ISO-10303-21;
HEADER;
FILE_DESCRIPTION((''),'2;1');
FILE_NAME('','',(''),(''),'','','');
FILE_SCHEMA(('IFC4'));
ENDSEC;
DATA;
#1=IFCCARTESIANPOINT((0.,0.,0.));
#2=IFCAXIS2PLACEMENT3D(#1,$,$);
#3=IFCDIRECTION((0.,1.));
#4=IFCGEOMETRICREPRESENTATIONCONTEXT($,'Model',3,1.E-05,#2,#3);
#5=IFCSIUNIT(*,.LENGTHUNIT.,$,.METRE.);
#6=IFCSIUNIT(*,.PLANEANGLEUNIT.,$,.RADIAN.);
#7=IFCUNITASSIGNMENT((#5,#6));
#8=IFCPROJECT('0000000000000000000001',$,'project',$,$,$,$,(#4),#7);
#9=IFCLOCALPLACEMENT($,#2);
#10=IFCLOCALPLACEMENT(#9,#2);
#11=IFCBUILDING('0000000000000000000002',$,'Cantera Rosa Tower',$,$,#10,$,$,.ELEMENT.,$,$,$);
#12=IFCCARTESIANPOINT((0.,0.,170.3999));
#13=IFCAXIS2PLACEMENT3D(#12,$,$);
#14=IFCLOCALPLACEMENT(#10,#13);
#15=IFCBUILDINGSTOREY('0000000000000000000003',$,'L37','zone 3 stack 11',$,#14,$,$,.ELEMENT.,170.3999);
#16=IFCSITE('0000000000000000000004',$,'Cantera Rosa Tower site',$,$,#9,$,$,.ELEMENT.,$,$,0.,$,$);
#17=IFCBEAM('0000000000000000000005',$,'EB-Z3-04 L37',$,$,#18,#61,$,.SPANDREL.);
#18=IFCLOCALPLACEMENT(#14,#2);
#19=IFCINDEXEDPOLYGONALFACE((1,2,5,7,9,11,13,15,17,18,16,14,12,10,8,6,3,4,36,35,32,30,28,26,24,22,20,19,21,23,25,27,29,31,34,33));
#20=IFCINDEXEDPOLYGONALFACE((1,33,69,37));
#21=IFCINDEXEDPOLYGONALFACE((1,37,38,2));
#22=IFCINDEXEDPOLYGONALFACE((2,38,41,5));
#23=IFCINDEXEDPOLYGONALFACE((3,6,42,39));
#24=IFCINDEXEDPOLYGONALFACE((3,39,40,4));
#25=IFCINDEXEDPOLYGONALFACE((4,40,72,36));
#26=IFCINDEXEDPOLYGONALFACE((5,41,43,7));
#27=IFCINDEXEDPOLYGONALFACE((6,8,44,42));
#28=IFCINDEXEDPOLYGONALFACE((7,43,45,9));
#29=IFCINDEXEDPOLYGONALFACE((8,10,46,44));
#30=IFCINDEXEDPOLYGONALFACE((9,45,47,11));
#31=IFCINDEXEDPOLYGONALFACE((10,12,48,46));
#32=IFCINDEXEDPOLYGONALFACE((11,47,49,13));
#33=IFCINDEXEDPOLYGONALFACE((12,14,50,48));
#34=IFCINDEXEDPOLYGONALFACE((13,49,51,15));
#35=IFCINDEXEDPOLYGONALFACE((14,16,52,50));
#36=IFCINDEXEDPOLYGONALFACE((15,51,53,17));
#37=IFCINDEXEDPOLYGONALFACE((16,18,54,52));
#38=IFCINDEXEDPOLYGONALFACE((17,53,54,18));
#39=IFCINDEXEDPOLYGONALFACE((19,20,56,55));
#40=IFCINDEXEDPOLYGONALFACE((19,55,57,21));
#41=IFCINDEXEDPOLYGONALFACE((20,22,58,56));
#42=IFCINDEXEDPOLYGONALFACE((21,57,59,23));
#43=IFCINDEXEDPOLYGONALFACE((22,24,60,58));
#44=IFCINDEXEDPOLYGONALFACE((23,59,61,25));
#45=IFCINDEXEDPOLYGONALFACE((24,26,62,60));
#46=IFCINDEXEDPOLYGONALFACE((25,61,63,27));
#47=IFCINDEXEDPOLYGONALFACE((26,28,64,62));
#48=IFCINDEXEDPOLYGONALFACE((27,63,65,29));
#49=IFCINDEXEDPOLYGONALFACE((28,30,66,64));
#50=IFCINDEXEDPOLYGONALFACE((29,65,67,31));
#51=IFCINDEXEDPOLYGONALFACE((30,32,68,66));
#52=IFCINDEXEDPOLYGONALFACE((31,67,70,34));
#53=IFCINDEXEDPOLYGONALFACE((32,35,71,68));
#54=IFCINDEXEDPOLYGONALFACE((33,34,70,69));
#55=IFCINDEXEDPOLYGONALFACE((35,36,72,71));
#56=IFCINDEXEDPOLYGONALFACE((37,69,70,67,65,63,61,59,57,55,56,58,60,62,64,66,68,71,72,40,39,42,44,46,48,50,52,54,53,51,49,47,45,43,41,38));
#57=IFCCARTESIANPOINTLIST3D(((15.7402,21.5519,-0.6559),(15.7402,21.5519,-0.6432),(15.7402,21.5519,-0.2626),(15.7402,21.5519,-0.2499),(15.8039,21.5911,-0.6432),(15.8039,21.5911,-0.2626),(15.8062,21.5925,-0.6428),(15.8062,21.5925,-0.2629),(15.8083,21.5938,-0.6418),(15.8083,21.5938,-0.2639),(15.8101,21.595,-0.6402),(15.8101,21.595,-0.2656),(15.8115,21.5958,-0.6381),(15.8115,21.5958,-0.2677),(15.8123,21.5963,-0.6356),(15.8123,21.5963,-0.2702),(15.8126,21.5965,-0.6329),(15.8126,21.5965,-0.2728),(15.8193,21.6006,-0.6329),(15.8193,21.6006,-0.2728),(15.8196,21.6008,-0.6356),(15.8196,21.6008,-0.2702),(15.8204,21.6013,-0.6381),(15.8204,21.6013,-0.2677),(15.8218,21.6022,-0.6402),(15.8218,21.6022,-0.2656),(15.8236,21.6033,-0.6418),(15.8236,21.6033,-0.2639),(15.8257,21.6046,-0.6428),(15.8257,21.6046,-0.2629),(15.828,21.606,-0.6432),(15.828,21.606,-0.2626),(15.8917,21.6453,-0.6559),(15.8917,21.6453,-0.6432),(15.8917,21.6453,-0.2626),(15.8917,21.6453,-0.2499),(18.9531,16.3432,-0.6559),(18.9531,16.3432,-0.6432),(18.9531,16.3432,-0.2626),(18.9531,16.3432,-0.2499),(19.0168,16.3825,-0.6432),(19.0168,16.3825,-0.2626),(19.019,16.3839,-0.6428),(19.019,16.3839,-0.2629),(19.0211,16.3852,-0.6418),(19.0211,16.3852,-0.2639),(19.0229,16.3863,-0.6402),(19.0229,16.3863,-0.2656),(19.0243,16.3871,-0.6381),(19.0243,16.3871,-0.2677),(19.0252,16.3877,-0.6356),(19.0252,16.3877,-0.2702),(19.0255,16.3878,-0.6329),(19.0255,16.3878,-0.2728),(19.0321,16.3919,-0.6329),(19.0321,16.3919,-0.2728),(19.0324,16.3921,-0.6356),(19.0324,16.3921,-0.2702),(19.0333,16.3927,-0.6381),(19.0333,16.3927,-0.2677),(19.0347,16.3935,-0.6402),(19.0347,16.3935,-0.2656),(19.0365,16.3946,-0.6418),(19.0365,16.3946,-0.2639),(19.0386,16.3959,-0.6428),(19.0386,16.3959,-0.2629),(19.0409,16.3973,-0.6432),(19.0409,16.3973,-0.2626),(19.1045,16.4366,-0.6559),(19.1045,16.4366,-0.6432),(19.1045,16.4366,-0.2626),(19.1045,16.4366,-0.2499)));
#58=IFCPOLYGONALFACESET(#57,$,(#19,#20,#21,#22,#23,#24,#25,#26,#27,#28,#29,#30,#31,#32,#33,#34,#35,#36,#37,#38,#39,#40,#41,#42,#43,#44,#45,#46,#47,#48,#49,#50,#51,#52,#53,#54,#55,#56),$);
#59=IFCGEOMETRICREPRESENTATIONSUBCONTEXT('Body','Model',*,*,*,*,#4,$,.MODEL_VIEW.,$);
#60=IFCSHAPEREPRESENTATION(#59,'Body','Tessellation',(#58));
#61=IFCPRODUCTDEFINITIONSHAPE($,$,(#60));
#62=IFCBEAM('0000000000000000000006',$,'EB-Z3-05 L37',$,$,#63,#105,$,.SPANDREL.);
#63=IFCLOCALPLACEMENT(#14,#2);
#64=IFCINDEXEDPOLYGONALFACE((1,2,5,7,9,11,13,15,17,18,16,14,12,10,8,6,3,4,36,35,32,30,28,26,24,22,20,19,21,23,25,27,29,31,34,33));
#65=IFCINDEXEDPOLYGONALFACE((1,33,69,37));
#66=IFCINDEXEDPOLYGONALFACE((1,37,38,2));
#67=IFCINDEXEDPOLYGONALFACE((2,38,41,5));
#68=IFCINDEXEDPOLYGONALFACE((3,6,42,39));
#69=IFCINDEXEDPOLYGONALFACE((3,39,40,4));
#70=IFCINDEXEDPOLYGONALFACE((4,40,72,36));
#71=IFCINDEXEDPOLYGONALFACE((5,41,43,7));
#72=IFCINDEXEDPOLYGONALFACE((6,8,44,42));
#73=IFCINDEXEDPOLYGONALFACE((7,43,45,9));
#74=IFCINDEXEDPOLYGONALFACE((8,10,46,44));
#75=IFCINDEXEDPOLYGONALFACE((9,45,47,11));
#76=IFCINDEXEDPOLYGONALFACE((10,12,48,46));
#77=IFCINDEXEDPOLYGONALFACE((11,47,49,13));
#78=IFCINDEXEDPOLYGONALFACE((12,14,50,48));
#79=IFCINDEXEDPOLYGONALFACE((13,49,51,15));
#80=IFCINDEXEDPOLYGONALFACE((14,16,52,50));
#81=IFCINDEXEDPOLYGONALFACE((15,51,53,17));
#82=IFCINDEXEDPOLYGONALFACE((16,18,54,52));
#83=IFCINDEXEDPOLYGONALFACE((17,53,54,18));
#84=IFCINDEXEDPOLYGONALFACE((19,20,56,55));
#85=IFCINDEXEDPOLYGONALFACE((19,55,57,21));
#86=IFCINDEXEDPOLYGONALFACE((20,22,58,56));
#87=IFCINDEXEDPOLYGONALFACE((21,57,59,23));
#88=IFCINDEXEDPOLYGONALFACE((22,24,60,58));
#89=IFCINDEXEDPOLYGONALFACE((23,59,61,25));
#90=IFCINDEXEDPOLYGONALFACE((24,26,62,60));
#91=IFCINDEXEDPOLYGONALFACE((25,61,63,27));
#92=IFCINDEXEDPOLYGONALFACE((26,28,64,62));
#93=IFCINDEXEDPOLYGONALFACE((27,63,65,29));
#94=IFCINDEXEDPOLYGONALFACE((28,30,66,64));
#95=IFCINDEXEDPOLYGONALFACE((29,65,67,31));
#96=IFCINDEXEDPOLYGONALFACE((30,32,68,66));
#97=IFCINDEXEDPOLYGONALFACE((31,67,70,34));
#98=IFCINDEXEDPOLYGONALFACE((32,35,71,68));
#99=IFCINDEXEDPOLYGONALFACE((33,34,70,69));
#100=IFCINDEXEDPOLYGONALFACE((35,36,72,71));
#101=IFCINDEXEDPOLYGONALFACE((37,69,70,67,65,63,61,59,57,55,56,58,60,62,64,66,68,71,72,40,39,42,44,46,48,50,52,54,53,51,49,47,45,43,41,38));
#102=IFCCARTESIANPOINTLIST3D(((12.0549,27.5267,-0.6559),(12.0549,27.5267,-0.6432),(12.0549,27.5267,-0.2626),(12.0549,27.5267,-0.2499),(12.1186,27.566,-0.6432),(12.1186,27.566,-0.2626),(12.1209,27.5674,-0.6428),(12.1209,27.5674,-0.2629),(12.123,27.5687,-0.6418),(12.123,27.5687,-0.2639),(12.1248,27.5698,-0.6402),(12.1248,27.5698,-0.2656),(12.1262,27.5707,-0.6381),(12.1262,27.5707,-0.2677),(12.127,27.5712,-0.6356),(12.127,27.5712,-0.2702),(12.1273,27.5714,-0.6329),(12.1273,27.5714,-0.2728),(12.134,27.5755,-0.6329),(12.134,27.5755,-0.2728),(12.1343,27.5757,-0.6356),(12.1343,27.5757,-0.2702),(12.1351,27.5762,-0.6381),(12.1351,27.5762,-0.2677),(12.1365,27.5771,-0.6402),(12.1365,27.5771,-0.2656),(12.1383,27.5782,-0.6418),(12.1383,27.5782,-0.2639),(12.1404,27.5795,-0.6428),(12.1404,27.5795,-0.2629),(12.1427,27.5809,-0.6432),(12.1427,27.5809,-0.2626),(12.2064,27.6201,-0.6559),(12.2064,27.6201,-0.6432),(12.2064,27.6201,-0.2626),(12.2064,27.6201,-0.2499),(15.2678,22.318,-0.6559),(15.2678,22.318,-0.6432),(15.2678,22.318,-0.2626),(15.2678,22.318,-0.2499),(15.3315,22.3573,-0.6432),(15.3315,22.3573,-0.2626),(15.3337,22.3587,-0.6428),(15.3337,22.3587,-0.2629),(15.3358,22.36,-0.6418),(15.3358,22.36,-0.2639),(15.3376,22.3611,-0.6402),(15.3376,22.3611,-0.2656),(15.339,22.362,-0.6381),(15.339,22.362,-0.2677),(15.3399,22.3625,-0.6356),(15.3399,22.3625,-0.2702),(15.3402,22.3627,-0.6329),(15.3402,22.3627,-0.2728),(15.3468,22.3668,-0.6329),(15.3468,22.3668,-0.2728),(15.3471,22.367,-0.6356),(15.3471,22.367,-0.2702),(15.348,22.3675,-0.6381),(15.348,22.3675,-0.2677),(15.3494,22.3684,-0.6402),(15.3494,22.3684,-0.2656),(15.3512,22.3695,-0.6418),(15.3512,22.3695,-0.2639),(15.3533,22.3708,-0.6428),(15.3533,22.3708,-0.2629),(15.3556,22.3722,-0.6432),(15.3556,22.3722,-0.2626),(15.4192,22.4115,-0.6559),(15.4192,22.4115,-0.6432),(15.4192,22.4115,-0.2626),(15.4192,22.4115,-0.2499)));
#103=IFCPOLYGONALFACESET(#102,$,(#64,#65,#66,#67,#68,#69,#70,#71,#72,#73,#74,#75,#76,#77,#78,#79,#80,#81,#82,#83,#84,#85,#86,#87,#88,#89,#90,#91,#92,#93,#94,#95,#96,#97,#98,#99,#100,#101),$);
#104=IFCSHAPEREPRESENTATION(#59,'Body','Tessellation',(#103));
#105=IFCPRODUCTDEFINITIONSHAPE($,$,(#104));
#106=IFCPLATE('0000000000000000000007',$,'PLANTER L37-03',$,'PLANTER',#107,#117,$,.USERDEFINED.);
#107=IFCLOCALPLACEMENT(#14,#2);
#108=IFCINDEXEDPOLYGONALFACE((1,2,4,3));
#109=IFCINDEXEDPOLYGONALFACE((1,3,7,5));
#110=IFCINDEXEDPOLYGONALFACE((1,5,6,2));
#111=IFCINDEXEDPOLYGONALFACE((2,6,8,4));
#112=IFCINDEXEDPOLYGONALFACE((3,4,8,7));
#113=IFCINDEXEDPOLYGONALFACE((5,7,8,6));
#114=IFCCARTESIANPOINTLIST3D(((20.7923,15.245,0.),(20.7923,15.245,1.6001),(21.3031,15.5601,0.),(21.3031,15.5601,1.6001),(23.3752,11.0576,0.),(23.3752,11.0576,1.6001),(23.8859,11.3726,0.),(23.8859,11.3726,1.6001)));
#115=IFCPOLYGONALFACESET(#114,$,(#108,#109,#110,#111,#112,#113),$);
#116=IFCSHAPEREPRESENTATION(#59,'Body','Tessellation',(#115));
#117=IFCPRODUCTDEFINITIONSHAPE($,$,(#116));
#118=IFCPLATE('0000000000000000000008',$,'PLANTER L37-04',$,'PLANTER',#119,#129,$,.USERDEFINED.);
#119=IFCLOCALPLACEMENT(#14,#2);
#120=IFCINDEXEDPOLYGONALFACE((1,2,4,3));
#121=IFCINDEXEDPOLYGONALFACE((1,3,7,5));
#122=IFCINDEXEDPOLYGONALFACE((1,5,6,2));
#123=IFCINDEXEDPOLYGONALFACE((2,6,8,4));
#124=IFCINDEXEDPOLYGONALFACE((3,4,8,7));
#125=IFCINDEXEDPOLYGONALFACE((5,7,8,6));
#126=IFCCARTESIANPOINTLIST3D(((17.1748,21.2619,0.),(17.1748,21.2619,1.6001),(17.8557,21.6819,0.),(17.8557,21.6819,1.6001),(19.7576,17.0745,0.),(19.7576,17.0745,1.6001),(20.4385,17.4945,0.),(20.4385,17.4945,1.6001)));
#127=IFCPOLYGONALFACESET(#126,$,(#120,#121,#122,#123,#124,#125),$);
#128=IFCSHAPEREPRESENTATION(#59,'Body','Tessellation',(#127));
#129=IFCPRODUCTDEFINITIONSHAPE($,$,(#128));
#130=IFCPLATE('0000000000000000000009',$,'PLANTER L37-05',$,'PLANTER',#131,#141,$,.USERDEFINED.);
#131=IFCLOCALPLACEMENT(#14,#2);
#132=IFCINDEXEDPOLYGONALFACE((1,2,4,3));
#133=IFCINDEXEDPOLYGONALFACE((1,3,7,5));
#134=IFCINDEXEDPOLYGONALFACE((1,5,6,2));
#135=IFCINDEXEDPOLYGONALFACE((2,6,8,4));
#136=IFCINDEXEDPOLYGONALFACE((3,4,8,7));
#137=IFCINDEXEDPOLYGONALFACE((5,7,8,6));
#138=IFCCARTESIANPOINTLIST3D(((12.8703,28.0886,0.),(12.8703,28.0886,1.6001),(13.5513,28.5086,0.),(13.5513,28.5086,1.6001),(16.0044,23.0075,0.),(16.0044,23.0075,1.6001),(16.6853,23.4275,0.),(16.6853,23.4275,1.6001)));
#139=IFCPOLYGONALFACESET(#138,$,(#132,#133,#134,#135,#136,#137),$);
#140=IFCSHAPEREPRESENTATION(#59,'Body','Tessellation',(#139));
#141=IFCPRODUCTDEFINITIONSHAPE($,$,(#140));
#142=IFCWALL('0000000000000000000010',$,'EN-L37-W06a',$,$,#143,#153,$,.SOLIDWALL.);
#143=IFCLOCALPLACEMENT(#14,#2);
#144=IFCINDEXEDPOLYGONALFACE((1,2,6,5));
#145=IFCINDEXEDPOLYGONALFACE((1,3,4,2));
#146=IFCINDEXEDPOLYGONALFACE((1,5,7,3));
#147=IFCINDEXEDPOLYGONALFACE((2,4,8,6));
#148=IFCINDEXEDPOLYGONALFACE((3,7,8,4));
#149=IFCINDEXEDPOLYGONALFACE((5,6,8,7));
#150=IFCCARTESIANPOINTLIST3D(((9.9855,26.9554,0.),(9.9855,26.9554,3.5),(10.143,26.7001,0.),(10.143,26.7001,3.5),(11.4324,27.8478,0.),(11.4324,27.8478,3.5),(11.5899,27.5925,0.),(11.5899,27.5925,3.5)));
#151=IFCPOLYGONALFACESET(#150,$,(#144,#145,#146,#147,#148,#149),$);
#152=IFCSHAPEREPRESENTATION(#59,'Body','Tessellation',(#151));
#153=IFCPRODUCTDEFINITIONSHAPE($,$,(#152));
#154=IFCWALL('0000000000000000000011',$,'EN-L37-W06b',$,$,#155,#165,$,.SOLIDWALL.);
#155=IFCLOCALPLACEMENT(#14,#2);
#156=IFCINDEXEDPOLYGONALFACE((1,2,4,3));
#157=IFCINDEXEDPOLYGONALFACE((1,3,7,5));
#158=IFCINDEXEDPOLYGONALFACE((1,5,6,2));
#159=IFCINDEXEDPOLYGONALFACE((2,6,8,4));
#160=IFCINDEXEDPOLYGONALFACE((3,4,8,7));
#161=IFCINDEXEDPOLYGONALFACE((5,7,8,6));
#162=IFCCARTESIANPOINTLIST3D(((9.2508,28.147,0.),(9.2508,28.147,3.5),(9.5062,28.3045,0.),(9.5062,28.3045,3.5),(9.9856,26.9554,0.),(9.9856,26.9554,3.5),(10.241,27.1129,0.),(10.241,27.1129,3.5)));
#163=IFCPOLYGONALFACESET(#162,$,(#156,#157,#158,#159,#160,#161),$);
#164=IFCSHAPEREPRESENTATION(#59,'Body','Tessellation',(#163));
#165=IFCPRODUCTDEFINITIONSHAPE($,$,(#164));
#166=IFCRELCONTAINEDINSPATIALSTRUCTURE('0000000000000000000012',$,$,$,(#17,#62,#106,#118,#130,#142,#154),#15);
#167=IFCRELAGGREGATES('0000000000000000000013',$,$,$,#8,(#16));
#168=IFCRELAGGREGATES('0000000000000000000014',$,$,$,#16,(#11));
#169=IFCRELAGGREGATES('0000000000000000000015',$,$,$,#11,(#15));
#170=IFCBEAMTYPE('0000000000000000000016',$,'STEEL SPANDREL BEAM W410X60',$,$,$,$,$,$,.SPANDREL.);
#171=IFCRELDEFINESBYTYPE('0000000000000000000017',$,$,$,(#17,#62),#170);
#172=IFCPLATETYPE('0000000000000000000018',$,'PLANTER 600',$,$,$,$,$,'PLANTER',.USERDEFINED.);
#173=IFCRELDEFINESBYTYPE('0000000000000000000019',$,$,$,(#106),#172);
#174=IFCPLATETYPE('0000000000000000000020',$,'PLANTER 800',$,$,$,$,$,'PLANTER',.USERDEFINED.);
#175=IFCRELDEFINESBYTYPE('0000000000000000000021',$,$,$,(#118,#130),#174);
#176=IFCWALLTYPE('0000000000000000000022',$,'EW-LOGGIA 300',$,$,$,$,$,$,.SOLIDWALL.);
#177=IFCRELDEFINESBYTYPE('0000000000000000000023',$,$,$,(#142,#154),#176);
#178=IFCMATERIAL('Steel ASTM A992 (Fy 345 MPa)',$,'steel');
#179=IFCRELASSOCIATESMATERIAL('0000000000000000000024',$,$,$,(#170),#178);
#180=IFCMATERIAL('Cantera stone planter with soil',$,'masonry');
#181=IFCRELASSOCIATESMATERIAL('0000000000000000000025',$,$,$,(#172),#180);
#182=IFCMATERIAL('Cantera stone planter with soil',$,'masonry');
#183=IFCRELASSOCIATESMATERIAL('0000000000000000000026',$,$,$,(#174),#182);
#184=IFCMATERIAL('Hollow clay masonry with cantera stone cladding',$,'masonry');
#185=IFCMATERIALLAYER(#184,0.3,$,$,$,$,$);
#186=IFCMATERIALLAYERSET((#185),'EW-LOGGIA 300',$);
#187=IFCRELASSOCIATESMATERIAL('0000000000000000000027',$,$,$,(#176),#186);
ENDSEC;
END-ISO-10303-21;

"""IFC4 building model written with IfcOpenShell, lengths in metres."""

from ifc_helpers import new_model, si_unit, direction, frame, frame_2d, origin, origin_2d, place, context, subcontext, project, spatial, rectangle, i_section, extrude, material, layer, layer_set, material_profile, profile_set, type_object, element, save


model = new_model("IFC4")

# Units and contexts
model_context = context("Model", 3, precision=1e-05, world=origin(), true_north=direction((0.0, 1.0)))
body_context = subcontext(model_context, "Body", "Model", "MODEL_VIEW")
ifc_project = project(units=[si_unit("LENGTHUNIT", "METRE"), si_unit("PLANEANGLEUNIT", "RADIAN")], contexts=[model_context])

# Site, building, storey
site_placement = place(None, origin())
site = spatial("IfcSite", under=ifc_project, at=site_placement, Name="Cantera Rosa Tower site", CompositionType="ELEMENT", RefElevation=0.0)
building_placement = place(site_placement, origin())
building = spatial("IfcBuilding", under=site, at=building_placement, Name="Cantera Rosa Tower", CompositionType="ELEMENT")
storey_placement = place(building_placement, frame((0.0, 0.0, 170.3999)))
storey = spatial("IfcBuildingStorey", under=building, at=storey_placement, Name="L37", Description="zone 3 stack 11", CompositionType="ELEMENT", Elevation=170.3999)

# Beams
ifc_material_1 = material(Name="Steel ASTM A992 (Fy 345 MPa)", Category="steel")
ifc_material_profile_1 = material_profile(ifc_material_1, i_section(OverallWidth=0.178, OverallDepth=0.406, WebThickness=0.0078, FlangeThickness=0.0127, FilletRadius=0.0103, at=origin_2d()), Name="W410X60")
ifc_profile_set_1 = profile_set([ifc_material_profile_1], Name="Steel ASTM A992 (Fy 345 MPa)")
beam_type_1 = type_object("IfcBeamType", Name="STEEL SPANDREL BEAM W410X60", PredefinedType="SPANDREL", material=ifc_profile_set_1)
for number, where, z_axis, x_axis, name in (
    (1, (19.0288, 16.3899, -0.4529), (-0.524987, 0.85111, 0.0), (-0.85111, -0.524987, 0.0), "EB-Z3-04 L37"),
    (2, (15.3435, 22.3647, -0.4529), (-0.524987, 0.85111, 0.0), (-0.85111, -0.524987, 0.0), "EB-Z3-05 L37"),
):
    element("IfcBeam", number, at=place(storey_placement, frame(where, z_axis=z_axis, x_axis=x_axis)), inside=storey, type_object=beam_type_1, Name=name, PredefinedType="SPANDREL", context=body_context, shape_type="SweptSolid", body=[
        extrude(i_section(OverallWidth=0.178, OverallDepth=0.406, WebThickness=0.0078, FlangeThickness=0.0127, FilletRadius=0.0103, at=origin_2d()), origin(), (0.0, 0.0, 1.0), 6.1199),
    ])

# Plates
ifc_material_2 = material(Name="Cantera stone planter with soil", Category="masonry")
plate_type_1 = type_object("IfcPlateType", Name="PLANTER 600", ElementType="PLANTER", PredefinedType="USERDEFINED", material=ifc_material_2)
plate_1_placement = place(storey_placement, frame((22.3391, 13.3088, 0.0), z_axis=(0.0, 0.0, 1.0), x_axis=(-0.524977, 0.851117, 0.0)))
element("IfcPlate", 3, at=plate_1_placement, inside=storey, type_object=plate_type_1, Name="PLANTER L37-03", ObjectType="PLANTER", PredefinedType="USERDEFINED", context=body_context, shape_type="SweptSolid", body=[
    extrude(rectangle(XDim=4.9199, YDim=0.6001, at=origin_2d()), origin(), (0.0, 0.0, 1.0), 1.6001),
])
ifc_material_3 = material(Name="Cantera stone planter with soil", Category="masonry")
plate_type_2 = type_object("IfcPlateType", Name="PLANTER 800", ElementType="PLANTER", PredefinedType="USERDEFINED", material=ifc_material_3)
plate_2_placement = place(storey_placement, frame((18.8066, 19.3782, 0.0), z_axis=(0.0, 0.0, 1.0), x_axis=(-0.524977, 0.851117, 0.0)))
element("IfcPlate", 4, at=plate_2_placement, inside=storey, type_object=plate_type_2, Name="PLANTER L37-04", ObjectType="PLANTER", PredefinedType="USERDEFINED", context=body_context, shape_type="SweptSolid", body=[
    extrude(rectangle(XDim=4.9199, YDim=0.8, at=origin_2d()), origin(), (0.0, 0.0, 1.0), 1.6001),
])
plate_3_placement = place(storey_placement, frame((14.7778, 25.7581, 0.0), z_axis=(0.0, 0.0, 1.0), x_axis=(-0.524977, 0.851117, 0.0)))
element("IfcPlate", 5, at=plate_3_placement, inside=storey, type_object=plate_type_2, Name="PLANTER L37-05", ObjectType="PLANTER", PredefinedType="USERDEFINED", context=body_context, shape_type="SweptSolid", body=[
    extrude(rectangle(XDim=5.97, YDim=0.8, at=origin_2d()), origin(), (0.0, 0.0, 1.0), 1.6001),
])

# Walls
ifc_material_4 = material(Name="Hollow clay masonry with cantera stone cladding", Category="masonry")
ifc_layer_1 = layer(ifc_material_4, 0.3)
ifc_layer_set_1 = layer_set([ifc_layer_1], Name="EW-LOGGIA 300")
wall_type_1 = type_object("IfcWallType", Name="EW-LOGGIA 300", PredefinedType="SOLIDWALL", material=ifc_layer_set_1)
wall_1_placement = place(storey_placement, frame((11.5112, 27.7202, 0.0), z_axis=(0.0, 0.0, 1.0), x_axis=(-0.85113, -0.524955, 0.0)))
element("IfcWall", 6, at=wall_1_placement, inside=storey, type_object=wall_type_1, Name="EN-L37-W06a", PredefinedType="SOLIDWALL", context=body_context, shape_type="SweptSolid", body=[
    extrude(rectangle(XDim=1.7, YDim=0.3, at=frame_2d((0.8501, 0.0))), origin(), (0.0, 0.0, 1.0), 3.5),
])
wall_2_placement = place(storey_placement, frame((10.1133, 27.0342, 0.0), z_axis=(0.0, 0.0, 1.0), x_axis=(-0.524895, 0.851167, 0.0)))
element("IfcWall", 7, at=wall_2_placement, inside=storey, type_object=wall_type_1, Name="EN-L37-W06b", PredefinedType="SOLIDWALL", context=body_context, shape_type="SweptSolid", body=[
    extrude(rectangle(XDim=1.3999, YDim=0.3, at=frame_2d((0.7, 0.0))), origin(), (0.0, 0.0, 1.0), 3.5),
])

save(model, "model.ifc")
